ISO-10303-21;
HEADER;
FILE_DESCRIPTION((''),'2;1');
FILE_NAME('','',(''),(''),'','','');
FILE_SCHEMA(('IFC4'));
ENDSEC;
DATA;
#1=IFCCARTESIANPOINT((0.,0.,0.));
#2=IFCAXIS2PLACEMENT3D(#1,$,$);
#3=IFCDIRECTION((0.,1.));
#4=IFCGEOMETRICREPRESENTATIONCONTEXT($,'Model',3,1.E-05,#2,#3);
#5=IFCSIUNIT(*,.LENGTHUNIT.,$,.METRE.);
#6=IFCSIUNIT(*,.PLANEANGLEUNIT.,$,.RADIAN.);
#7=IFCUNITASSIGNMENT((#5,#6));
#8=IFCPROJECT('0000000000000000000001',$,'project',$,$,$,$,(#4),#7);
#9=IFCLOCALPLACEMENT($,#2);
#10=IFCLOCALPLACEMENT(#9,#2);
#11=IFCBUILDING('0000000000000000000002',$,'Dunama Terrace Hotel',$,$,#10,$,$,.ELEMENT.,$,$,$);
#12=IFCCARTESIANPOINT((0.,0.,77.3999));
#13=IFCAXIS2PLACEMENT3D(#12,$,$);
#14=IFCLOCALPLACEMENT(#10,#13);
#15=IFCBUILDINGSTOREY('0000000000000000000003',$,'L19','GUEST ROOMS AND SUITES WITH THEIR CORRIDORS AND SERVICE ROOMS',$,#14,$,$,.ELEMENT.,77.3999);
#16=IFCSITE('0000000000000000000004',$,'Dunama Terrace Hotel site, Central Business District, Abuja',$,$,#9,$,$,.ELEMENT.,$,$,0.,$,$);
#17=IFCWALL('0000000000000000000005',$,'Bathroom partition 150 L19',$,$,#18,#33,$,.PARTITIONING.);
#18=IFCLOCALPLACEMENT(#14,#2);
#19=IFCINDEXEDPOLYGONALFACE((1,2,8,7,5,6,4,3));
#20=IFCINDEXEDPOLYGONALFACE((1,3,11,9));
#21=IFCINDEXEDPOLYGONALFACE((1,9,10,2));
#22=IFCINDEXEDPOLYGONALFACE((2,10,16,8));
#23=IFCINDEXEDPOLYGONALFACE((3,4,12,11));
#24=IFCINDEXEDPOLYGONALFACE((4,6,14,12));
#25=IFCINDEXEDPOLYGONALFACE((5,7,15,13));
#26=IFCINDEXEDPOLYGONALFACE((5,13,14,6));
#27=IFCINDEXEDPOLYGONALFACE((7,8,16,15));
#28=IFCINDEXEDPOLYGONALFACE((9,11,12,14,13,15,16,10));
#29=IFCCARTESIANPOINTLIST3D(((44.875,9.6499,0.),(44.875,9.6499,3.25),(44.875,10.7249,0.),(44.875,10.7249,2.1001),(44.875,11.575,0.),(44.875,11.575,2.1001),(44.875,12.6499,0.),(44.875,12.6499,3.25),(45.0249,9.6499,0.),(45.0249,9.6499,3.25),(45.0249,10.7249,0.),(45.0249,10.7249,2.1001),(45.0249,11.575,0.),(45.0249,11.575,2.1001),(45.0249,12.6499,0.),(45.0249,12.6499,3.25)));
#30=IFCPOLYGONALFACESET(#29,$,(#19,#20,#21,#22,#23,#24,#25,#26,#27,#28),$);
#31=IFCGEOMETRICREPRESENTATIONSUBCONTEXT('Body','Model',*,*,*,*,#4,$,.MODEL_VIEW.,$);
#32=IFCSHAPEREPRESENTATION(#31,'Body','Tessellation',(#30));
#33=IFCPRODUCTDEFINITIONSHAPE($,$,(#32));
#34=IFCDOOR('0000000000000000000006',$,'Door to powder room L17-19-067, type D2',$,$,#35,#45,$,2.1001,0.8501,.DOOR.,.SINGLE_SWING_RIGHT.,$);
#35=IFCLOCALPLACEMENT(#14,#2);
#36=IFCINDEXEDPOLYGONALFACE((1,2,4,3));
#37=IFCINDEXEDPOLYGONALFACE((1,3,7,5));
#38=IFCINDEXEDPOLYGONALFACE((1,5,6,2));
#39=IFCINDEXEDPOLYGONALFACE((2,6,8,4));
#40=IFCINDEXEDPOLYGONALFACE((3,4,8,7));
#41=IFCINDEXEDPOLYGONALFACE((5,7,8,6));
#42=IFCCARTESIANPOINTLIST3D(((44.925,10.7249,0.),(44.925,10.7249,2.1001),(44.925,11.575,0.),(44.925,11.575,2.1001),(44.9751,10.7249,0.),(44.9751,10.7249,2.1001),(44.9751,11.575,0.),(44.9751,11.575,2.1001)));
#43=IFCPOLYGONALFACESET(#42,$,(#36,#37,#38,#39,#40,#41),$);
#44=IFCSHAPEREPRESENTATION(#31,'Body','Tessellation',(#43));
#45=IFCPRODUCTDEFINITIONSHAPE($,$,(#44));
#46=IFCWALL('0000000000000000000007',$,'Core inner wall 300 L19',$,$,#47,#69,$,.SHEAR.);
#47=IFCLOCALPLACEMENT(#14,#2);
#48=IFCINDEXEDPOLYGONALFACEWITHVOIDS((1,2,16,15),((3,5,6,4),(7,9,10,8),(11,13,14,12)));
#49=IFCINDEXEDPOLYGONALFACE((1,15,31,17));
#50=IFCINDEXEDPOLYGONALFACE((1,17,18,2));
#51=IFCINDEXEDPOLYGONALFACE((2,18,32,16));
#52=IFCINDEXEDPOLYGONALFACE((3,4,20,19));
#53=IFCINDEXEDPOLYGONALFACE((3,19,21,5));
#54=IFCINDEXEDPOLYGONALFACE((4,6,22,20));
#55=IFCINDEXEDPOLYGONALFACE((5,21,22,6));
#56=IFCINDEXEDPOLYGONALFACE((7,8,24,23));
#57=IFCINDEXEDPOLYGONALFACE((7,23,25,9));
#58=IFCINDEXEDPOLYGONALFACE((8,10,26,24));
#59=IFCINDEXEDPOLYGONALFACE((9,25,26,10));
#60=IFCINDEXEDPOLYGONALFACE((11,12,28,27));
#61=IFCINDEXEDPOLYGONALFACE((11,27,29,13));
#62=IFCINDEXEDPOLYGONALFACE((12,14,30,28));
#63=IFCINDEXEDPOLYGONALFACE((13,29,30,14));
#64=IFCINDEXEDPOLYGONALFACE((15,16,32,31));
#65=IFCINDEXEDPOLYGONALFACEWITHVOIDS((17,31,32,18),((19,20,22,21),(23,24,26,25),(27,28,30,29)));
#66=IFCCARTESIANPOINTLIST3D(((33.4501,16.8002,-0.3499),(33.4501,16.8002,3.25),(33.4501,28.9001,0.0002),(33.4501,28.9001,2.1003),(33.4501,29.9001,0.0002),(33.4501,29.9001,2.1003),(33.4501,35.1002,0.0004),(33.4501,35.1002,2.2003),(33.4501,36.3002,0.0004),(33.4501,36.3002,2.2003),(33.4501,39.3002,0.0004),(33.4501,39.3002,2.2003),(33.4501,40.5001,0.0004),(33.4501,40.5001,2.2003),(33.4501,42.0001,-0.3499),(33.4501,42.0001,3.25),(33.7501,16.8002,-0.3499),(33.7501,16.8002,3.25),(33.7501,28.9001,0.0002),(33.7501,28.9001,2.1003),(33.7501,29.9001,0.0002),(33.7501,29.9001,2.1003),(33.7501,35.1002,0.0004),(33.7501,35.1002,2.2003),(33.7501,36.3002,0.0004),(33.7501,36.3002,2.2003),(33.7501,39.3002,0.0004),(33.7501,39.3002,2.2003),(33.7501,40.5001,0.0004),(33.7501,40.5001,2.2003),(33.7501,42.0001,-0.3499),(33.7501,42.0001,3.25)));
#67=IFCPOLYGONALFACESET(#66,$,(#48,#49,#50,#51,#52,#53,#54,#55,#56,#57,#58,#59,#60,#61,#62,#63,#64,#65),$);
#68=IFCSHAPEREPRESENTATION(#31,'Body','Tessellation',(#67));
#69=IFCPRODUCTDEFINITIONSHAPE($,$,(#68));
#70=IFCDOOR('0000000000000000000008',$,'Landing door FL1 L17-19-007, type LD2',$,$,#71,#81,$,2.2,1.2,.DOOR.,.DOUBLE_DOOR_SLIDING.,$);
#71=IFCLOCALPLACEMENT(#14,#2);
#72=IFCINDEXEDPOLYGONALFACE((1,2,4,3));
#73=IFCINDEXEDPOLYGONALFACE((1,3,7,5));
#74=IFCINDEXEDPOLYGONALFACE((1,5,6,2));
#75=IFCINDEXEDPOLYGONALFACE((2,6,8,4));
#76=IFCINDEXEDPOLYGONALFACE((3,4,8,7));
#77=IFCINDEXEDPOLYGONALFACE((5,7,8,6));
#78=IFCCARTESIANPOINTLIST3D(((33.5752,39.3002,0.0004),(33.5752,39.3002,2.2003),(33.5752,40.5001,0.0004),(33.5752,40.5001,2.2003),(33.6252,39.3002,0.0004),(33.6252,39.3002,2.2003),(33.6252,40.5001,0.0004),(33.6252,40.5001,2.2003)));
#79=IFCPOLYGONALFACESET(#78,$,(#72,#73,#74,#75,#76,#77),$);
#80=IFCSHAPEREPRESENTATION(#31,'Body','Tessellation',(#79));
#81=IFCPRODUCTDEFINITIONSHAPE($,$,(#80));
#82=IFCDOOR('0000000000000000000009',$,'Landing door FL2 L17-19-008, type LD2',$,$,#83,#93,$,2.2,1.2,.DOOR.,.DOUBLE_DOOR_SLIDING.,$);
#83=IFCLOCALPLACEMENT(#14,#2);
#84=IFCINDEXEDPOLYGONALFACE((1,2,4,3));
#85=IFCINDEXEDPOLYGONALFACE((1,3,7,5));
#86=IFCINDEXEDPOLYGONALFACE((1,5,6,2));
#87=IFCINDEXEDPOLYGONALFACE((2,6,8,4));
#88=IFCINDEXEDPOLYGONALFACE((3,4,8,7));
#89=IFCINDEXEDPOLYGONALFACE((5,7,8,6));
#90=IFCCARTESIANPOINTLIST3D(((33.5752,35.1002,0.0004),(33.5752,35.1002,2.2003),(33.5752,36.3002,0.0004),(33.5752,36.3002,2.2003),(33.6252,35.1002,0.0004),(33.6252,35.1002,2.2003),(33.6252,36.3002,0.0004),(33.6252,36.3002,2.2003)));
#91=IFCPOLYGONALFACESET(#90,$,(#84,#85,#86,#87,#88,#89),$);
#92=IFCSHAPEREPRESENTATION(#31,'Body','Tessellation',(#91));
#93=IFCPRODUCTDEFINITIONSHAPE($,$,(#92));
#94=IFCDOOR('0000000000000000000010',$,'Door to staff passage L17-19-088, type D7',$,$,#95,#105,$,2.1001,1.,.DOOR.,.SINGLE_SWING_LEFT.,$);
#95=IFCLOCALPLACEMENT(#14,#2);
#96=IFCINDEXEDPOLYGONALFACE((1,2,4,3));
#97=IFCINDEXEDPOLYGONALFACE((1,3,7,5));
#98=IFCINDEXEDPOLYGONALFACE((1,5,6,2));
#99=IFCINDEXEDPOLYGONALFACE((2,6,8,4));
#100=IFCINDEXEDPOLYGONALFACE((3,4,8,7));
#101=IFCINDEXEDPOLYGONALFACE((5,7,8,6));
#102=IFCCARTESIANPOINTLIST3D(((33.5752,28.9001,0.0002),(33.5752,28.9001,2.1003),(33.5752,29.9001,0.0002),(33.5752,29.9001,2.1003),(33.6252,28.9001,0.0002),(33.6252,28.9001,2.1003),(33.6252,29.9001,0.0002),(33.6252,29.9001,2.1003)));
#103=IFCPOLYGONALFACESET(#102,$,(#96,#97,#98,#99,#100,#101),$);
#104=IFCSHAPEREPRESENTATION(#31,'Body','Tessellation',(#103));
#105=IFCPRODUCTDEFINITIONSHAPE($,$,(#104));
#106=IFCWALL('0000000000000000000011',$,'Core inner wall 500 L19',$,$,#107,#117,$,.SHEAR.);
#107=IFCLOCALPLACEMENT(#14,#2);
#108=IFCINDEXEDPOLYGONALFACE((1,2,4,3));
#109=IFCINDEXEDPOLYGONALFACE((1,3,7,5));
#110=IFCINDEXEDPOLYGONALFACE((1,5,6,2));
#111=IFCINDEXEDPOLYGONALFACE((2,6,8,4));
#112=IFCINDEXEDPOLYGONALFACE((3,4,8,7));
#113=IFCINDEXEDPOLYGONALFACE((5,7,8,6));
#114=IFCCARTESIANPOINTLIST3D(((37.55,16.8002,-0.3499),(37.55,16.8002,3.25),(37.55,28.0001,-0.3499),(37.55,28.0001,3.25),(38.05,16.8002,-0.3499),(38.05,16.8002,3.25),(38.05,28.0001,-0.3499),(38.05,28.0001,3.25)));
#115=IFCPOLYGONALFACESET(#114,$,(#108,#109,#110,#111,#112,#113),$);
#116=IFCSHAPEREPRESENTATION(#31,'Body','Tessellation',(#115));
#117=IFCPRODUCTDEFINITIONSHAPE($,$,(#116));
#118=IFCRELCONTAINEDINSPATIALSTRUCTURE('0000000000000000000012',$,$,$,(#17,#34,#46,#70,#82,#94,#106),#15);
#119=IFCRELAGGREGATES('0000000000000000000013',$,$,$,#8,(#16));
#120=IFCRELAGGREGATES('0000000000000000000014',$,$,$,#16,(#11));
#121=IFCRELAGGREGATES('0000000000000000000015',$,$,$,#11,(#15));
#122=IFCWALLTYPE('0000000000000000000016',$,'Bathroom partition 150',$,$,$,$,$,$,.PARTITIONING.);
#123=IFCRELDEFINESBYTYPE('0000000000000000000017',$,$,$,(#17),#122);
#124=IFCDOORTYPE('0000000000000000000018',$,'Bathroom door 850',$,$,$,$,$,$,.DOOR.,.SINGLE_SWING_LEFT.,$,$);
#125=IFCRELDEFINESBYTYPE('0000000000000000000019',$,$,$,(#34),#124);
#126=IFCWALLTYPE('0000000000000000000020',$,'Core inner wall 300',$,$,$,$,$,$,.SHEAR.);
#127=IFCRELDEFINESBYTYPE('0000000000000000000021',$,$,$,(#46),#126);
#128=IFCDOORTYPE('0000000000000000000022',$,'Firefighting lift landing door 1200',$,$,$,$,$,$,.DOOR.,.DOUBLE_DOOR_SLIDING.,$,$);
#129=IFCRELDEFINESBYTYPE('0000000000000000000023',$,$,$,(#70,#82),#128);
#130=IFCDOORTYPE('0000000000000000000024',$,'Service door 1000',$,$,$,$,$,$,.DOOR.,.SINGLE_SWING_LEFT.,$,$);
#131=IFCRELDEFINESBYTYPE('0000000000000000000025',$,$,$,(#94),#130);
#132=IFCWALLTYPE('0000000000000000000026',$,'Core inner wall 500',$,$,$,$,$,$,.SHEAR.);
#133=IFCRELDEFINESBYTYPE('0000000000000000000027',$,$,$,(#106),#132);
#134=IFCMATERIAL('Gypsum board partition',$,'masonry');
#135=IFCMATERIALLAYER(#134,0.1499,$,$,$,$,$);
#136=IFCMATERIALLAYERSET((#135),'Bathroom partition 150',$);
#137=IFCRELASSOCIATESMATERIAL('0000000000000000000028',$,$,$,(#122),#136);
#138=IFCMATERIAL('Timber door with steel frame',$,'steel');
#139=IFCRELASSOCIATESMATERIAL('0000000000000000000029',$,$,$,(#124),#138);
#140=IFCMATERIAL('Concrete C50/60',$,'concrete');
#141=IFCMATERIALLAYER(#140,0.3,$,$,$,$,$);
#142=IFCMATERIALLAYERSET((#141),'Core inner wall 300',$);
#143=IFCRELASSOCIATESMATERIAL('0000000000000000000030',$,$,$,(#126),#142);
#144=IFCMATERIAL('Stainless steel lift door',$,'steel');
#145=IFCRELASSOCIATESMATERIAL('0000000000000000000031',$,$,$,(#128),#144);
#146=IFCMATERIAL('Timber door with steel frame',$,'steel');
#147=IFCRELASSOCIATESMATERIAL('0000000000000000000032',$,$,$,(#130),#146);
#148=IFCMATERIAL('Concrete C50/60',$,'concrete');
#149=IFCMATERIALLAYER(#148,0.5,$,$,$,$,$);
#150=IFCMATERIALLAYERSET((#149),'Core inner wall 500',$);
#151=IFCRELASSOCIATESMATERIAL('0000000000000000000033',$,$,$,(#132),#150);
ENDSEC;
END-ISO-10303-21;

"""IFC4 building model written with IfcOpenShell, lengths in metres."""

from ifc_helpers import new_model, si_unit, direction, frame, frame_2d, origin, place, context, subcontext, project, spatial, rectangle, extrude, material, layer, layer_set, type_object, element, fill, save


model = new_model("IFC4")

# Units and contexts
model_context = context("Model", 3, precision=1e-05, world=origin(), true_north=direction((0.0, 1.0)))
body_context = subcontext(model_context, "Body", "Model", "MODEL_VIEW")
ifc_project = project(units=[si_unit("LENGTHUNIT", "METRE"), si_unit("PLANEANGLEUNIT", "RADIAN")], contexts=[model_context])

# Site, building, storey
site_placement = place(None, origin())
site = spatial("IfcSite", under=ifc_project, at=site_placement, Name="Dunama Terrace Hotel site, Central Business District, Abuja", CompositionType="ELEMENT", RefElevation=0.0)
building_placement = place(site_placement, origin())
building = spatial("IfcBuilding", under=site, at=building_placement, Name="Dunama Terrace Hotel", CompositionType="ELEMENT")
storey_placement = place(building_placement, frame((0.0, 0.0, 77.3999)))
storey = spatial("IfcBuildingStorey", under=building, at=storey_placement, Name="L19", Description="GUEST ROOMS AND SUITES WITH THEIR CORRIDORS AND SERVICE ROOMS", CompositionType="ELEMENT", Elevation=77.3999)

# Wall, opening, door
ifc_material_1 = material(Name="Gypsum board partition", Category="masonry")
ifc_layer_1 = layer(ifc_material_1, 0.1499)
ifc_layer_set_1 = layer_set([ifc_layer_1], Name="Bathroom partition 150")
wall_type_1 = type_object("IfcWallType", Name="Bathroom partition 150", PredefinedType="PARTITIONING", material=ifc_layer_set_1)
wall_1_placement = place(storey_placement, frame((44.95, 9.6499, 0.0), z_axis=(0.0, 0.0, 1.0), x_axis=(0.0, 1.0, 0.0)))
wall_1 = element("IfcWall", 1, at=wall_1_placement, inside=storey, type_object=wall_type_1, Name="Bathroom partition 150 L19", PredefinedType="PARTITIONING", context=body_context, shape_type="SweptSolid", body=[
    extrude(rectangle(XDim=3.0, YDim=0.1499, at=frame_2d((1.5, 0.0))), origin(), (0.0, 0.0, 1.0), 3.25),
])
opening_1_placement = place(wall_1_placement, frame((1.075, 0.0, 0.0)))
opening_1 = element("IfcOpeningElement", 2, at=opening_1_placement, cuts=wall_1, PredefinedType="OPENING", context=body_context, shape_type="SweptSolid", body=[
    extrude(rectangle(XDim=0.8501, YDim=2.1001, at=frame_2d((0.425, 1.05))), frame((0.0, 0.085, 0.0), z_axis=(0.0, -1.0, 0.0), x_axis=(1.0, 0.0, 0.0)), (0.0, 0.0, 1.0), 0.1699),
])
ifc_material_2 = material(Name="Timber door with steel frame", Category="steel")
door_type_1 = type_object("IfcDoorType", Name="Bathroom door 850", OperationType="SINGLE_SWING_LEFT", PredefinedType="DOOR", material=ifc_material_2)
door_1_placement = place(opening_1_placement, origin())
door_1 = element("IfcDoor", 3, at=door_1_placement, inside=storey, type_object=door_type_1, Name="Door to powder room L17-19-067, type D2", OperationType="SINGLE_SWING_RIGHT", OverallHeight=2.1001, OverallWidth=0.8501, PredefinedType="DOOR", context=body_context, shape_type="SweptSolid", body=[
    extrude(rectangle(XDim=0.8501, YDim=2.1001, at=frame_2d((0.425, 1.05))), frame((0.0, 0.0249, 0.0), z_axis=(0.0, -1.0, 0.0), x_axis=(1.0, 0.0, 0.0)), (0.0, 0.0, 1.0), 0.05),
])
fill(opening_1, door_1)

# Wall, openings, doors
ifc_material_3 = material(Name="Concrete C50/60", Category="concrete")
ifc_layer_2 = layer(ifc_material_3, 0.3)
ifc_layer_set_2 = layer_set([ifc_layer_2], Name="Core inner wall 300")
wall_type_2 = type_object("IfcWallType", Name="Core inner wall 300", PredefinedType="SHEAR", material=ifc_layer_set_2)
wall_2_placement = place(storey_placement, frame((33.6001, 16.8, -0.3499), z_axis=(0.0, 0.0, 1.0), x_axis=(0.0, 1.0, 0.0)))
wall_2 = element("IfcWall", 4, at=wall_2_placement, inside=storey, type_object=wall_type_2, Name="Core inner wall 300 L19", PredefinedType="SHEAR", context=body_context, shape_type="SweptSolid", body=[
    extrude(rectangle(XDim=25.2, YDim=0.3, at=frame_2d((12.6001, 0.0))), origin(), (0.0, 0.0, 1.0), 3.5999),
])
opening_2_placement = place(wall_2_placement, frame((22.5, 0.0, 0.3501)))
opening_2 = element("IfcOpeningElement", 5, at=opening_2_placement, cuts=wall_2, PredefinedType="OPENING", context=body_context, shape_type="SweptSolid", body=[
    extrude(rectangle(XDim=1.2, YDim=2.2, at=frame_2d((0.6001, 1.1001))), frame((0.0, 0.1599, 0.0), z_axis=(0.0, -1.0, 0.0), x_axis=(1.0, 0.0, 0.0)), (0.0, 0.0, 1.0), 0.3201),
])
opening_3_placement = place(wall_2_placement, frame((18.3, 0.0, 0.3501)))
opening_3 = element("IfcOpeningElement", 6, at=opening_3_placement, cuts=wall_2, PredefinedType="OPENING", context=body_context, shape_type="SweptSolid", body=[
    extrude(rectangle(XDim=1.2, YDim=2.2, at=frame_2d((0.6001, 1.1001))), frame((0.0, 0.1599, 0.0), z_axis=(0.0, -1.0, 0.0), x_axis=(1.0, 0.0, 0.0)), (0.0, 0.0, 1.0), 0.3201),
])
opening_4_placement = place(wall_2_placement, frame((12.1001, 0.0, 0.3501)))
opening_4 = element("IfcOpeningElement", 7, at=opening_4_placement, cuts=wall_2, PredefinedType="OPENING", context=body_context, shape_type="SweptSolid", body=[
    extrude(rectangle(XDim=1.0, YDim=2.1001, at=frame_2d((0.5, 1.05))), frame((0.0, 0.1599, 0.0), z_axis=(0.0, -1.0, 0.0), x_axis=(1.0, 0.0, 0.0)), (0.0, 0.0, 1.0), 0.3201),
])
ifc_material_4 = material(Name="Stainless steel lift door", Category="steel")
door_type_2 = type_object("IfcDoorType", Name="Firefighting lift landing door 1200", OperationType="DOUBLE_DOOR_SLIDING", PredefinedType="DOOR", material=ifc_material_4)
door_2_placement = place(opening_2_placement, origin())
door_2 = element("IfcDoor", 8, at=door_2_placement, inside=storey, type_object=door_type_2, Name="Landing door FL1 L17-19-007, type LD2", OperationType="DOUBLE_DOOR_SLIDING", OverallHeight=2.2, OverallWidth=1.2, PredefinedType="DOOR", context=body_context, shape_type="SweptSolid", body=[
    extrude(rectangle(XDim=1.2, YDim=2.2, at=frame_2d((0.6001, 1.1001))), frame((0.0, 0.0249, 0.0), z_axis=(0.0, -1.0, 0.0), x_axis=(1.0, 0.0, 0.0)), (0.0, 0.0, 1.0), 0.05),
])
fill(opening_2, door_2)
door_3_placement = place(opening_3_placement, origin())
door_3 = element("IfcDoor", 9, at=door_3_placement, inside=storey, type_object=door_type_2, Name="Landing door FL2 L17-19-008, type LD2", OperationType="DOUBLE_DOOR_SLIDING", OverallHeight=2.2, OverallWidth=1.2, PredefinedType="DOOR", context=body_context, shape_type="SweptSolid", body=[
    extrude(rectangle(XDim=1.2, YDim=2.2, at=frame_2d((0.6001, 1.1001))), frame((0.0, 0.0249, 0.0), z_axis=(0.0, -1.0, 0.0), x_axis=(1.0, 0.0, 0.0)), (0.0, 0.0, 1.0), 0.05),
])
fill(opening_3, door_3)
ifc_material_5 = material(Name="Timber door with steel frame", Category="steel")
door_type_3 = type_object("IfcDoorType", Name="Service door 1000", OperationType="SINGLE_SWING_LEFT", PredefinedType="DOOR", material=ifc_material_5)
door_4_placement = place(opening_4_placement, origin())
door_4 = element("IfcDoor", 10, at=door_4_placement, inside=storey, type_object=door_type_3, Name="Door to staff passage L17-19-088, type D7", OperationType="SINGLE_SWING_LEFT", OverallHeight=2.1001, OverallWidth=1.0, PredefinedType="DOOR", context=body_context, shape_type="SweptSolid", body=[
    extrude(rectangle(XDim=1.0, YDim=2.1001, at=frame_2d((0.5, 1.05))), frame((0.0, 0.0249, 0.0), z_axis=(0.0, -1.0, 0.0), x_axis=(1.0, 0.0, 0.0)), (0.0, 0.0, 1.0), 0.05),
])
fill(opening_4, door_4)

# Wall
ifc_material_6 = material(Name="Concrete C50/60", Category="concrete")
ifc_layer_3 = layer(ifc_material_6, 0.5)
ifc_layer_set_3 = layer_set([ifc_layer_3], Name="Core inner wall 500")
wall_type_3 = type_object("IfcWallType", Name="Core inner wall 500", PredefinedType="SHEAR", material=ifc_layer_set_3)
wall_3_placement = place(storey_placement, frame((37.8, 16.8, -0.3499), z_axis=(0.0, 0.0, 1.0), x_axis=(0.0, 1.0, 0.0)))
element("IfcWall", 11, at=wall_3_placement, inside=storey, type_object=wall_type_3, Name="Core inner wall 500 L19", PredefinedType="SHEAR", context=body_context, shape_type="SweptSolid", body=[
    extrude(rectangle(XDim=11.2, YDim=0.5, at=frame_2d((5.6001, 0.0))), origin(), (0.0, 0.0, 1.0), 3.5999),
])

save(model, "model.ifc")
